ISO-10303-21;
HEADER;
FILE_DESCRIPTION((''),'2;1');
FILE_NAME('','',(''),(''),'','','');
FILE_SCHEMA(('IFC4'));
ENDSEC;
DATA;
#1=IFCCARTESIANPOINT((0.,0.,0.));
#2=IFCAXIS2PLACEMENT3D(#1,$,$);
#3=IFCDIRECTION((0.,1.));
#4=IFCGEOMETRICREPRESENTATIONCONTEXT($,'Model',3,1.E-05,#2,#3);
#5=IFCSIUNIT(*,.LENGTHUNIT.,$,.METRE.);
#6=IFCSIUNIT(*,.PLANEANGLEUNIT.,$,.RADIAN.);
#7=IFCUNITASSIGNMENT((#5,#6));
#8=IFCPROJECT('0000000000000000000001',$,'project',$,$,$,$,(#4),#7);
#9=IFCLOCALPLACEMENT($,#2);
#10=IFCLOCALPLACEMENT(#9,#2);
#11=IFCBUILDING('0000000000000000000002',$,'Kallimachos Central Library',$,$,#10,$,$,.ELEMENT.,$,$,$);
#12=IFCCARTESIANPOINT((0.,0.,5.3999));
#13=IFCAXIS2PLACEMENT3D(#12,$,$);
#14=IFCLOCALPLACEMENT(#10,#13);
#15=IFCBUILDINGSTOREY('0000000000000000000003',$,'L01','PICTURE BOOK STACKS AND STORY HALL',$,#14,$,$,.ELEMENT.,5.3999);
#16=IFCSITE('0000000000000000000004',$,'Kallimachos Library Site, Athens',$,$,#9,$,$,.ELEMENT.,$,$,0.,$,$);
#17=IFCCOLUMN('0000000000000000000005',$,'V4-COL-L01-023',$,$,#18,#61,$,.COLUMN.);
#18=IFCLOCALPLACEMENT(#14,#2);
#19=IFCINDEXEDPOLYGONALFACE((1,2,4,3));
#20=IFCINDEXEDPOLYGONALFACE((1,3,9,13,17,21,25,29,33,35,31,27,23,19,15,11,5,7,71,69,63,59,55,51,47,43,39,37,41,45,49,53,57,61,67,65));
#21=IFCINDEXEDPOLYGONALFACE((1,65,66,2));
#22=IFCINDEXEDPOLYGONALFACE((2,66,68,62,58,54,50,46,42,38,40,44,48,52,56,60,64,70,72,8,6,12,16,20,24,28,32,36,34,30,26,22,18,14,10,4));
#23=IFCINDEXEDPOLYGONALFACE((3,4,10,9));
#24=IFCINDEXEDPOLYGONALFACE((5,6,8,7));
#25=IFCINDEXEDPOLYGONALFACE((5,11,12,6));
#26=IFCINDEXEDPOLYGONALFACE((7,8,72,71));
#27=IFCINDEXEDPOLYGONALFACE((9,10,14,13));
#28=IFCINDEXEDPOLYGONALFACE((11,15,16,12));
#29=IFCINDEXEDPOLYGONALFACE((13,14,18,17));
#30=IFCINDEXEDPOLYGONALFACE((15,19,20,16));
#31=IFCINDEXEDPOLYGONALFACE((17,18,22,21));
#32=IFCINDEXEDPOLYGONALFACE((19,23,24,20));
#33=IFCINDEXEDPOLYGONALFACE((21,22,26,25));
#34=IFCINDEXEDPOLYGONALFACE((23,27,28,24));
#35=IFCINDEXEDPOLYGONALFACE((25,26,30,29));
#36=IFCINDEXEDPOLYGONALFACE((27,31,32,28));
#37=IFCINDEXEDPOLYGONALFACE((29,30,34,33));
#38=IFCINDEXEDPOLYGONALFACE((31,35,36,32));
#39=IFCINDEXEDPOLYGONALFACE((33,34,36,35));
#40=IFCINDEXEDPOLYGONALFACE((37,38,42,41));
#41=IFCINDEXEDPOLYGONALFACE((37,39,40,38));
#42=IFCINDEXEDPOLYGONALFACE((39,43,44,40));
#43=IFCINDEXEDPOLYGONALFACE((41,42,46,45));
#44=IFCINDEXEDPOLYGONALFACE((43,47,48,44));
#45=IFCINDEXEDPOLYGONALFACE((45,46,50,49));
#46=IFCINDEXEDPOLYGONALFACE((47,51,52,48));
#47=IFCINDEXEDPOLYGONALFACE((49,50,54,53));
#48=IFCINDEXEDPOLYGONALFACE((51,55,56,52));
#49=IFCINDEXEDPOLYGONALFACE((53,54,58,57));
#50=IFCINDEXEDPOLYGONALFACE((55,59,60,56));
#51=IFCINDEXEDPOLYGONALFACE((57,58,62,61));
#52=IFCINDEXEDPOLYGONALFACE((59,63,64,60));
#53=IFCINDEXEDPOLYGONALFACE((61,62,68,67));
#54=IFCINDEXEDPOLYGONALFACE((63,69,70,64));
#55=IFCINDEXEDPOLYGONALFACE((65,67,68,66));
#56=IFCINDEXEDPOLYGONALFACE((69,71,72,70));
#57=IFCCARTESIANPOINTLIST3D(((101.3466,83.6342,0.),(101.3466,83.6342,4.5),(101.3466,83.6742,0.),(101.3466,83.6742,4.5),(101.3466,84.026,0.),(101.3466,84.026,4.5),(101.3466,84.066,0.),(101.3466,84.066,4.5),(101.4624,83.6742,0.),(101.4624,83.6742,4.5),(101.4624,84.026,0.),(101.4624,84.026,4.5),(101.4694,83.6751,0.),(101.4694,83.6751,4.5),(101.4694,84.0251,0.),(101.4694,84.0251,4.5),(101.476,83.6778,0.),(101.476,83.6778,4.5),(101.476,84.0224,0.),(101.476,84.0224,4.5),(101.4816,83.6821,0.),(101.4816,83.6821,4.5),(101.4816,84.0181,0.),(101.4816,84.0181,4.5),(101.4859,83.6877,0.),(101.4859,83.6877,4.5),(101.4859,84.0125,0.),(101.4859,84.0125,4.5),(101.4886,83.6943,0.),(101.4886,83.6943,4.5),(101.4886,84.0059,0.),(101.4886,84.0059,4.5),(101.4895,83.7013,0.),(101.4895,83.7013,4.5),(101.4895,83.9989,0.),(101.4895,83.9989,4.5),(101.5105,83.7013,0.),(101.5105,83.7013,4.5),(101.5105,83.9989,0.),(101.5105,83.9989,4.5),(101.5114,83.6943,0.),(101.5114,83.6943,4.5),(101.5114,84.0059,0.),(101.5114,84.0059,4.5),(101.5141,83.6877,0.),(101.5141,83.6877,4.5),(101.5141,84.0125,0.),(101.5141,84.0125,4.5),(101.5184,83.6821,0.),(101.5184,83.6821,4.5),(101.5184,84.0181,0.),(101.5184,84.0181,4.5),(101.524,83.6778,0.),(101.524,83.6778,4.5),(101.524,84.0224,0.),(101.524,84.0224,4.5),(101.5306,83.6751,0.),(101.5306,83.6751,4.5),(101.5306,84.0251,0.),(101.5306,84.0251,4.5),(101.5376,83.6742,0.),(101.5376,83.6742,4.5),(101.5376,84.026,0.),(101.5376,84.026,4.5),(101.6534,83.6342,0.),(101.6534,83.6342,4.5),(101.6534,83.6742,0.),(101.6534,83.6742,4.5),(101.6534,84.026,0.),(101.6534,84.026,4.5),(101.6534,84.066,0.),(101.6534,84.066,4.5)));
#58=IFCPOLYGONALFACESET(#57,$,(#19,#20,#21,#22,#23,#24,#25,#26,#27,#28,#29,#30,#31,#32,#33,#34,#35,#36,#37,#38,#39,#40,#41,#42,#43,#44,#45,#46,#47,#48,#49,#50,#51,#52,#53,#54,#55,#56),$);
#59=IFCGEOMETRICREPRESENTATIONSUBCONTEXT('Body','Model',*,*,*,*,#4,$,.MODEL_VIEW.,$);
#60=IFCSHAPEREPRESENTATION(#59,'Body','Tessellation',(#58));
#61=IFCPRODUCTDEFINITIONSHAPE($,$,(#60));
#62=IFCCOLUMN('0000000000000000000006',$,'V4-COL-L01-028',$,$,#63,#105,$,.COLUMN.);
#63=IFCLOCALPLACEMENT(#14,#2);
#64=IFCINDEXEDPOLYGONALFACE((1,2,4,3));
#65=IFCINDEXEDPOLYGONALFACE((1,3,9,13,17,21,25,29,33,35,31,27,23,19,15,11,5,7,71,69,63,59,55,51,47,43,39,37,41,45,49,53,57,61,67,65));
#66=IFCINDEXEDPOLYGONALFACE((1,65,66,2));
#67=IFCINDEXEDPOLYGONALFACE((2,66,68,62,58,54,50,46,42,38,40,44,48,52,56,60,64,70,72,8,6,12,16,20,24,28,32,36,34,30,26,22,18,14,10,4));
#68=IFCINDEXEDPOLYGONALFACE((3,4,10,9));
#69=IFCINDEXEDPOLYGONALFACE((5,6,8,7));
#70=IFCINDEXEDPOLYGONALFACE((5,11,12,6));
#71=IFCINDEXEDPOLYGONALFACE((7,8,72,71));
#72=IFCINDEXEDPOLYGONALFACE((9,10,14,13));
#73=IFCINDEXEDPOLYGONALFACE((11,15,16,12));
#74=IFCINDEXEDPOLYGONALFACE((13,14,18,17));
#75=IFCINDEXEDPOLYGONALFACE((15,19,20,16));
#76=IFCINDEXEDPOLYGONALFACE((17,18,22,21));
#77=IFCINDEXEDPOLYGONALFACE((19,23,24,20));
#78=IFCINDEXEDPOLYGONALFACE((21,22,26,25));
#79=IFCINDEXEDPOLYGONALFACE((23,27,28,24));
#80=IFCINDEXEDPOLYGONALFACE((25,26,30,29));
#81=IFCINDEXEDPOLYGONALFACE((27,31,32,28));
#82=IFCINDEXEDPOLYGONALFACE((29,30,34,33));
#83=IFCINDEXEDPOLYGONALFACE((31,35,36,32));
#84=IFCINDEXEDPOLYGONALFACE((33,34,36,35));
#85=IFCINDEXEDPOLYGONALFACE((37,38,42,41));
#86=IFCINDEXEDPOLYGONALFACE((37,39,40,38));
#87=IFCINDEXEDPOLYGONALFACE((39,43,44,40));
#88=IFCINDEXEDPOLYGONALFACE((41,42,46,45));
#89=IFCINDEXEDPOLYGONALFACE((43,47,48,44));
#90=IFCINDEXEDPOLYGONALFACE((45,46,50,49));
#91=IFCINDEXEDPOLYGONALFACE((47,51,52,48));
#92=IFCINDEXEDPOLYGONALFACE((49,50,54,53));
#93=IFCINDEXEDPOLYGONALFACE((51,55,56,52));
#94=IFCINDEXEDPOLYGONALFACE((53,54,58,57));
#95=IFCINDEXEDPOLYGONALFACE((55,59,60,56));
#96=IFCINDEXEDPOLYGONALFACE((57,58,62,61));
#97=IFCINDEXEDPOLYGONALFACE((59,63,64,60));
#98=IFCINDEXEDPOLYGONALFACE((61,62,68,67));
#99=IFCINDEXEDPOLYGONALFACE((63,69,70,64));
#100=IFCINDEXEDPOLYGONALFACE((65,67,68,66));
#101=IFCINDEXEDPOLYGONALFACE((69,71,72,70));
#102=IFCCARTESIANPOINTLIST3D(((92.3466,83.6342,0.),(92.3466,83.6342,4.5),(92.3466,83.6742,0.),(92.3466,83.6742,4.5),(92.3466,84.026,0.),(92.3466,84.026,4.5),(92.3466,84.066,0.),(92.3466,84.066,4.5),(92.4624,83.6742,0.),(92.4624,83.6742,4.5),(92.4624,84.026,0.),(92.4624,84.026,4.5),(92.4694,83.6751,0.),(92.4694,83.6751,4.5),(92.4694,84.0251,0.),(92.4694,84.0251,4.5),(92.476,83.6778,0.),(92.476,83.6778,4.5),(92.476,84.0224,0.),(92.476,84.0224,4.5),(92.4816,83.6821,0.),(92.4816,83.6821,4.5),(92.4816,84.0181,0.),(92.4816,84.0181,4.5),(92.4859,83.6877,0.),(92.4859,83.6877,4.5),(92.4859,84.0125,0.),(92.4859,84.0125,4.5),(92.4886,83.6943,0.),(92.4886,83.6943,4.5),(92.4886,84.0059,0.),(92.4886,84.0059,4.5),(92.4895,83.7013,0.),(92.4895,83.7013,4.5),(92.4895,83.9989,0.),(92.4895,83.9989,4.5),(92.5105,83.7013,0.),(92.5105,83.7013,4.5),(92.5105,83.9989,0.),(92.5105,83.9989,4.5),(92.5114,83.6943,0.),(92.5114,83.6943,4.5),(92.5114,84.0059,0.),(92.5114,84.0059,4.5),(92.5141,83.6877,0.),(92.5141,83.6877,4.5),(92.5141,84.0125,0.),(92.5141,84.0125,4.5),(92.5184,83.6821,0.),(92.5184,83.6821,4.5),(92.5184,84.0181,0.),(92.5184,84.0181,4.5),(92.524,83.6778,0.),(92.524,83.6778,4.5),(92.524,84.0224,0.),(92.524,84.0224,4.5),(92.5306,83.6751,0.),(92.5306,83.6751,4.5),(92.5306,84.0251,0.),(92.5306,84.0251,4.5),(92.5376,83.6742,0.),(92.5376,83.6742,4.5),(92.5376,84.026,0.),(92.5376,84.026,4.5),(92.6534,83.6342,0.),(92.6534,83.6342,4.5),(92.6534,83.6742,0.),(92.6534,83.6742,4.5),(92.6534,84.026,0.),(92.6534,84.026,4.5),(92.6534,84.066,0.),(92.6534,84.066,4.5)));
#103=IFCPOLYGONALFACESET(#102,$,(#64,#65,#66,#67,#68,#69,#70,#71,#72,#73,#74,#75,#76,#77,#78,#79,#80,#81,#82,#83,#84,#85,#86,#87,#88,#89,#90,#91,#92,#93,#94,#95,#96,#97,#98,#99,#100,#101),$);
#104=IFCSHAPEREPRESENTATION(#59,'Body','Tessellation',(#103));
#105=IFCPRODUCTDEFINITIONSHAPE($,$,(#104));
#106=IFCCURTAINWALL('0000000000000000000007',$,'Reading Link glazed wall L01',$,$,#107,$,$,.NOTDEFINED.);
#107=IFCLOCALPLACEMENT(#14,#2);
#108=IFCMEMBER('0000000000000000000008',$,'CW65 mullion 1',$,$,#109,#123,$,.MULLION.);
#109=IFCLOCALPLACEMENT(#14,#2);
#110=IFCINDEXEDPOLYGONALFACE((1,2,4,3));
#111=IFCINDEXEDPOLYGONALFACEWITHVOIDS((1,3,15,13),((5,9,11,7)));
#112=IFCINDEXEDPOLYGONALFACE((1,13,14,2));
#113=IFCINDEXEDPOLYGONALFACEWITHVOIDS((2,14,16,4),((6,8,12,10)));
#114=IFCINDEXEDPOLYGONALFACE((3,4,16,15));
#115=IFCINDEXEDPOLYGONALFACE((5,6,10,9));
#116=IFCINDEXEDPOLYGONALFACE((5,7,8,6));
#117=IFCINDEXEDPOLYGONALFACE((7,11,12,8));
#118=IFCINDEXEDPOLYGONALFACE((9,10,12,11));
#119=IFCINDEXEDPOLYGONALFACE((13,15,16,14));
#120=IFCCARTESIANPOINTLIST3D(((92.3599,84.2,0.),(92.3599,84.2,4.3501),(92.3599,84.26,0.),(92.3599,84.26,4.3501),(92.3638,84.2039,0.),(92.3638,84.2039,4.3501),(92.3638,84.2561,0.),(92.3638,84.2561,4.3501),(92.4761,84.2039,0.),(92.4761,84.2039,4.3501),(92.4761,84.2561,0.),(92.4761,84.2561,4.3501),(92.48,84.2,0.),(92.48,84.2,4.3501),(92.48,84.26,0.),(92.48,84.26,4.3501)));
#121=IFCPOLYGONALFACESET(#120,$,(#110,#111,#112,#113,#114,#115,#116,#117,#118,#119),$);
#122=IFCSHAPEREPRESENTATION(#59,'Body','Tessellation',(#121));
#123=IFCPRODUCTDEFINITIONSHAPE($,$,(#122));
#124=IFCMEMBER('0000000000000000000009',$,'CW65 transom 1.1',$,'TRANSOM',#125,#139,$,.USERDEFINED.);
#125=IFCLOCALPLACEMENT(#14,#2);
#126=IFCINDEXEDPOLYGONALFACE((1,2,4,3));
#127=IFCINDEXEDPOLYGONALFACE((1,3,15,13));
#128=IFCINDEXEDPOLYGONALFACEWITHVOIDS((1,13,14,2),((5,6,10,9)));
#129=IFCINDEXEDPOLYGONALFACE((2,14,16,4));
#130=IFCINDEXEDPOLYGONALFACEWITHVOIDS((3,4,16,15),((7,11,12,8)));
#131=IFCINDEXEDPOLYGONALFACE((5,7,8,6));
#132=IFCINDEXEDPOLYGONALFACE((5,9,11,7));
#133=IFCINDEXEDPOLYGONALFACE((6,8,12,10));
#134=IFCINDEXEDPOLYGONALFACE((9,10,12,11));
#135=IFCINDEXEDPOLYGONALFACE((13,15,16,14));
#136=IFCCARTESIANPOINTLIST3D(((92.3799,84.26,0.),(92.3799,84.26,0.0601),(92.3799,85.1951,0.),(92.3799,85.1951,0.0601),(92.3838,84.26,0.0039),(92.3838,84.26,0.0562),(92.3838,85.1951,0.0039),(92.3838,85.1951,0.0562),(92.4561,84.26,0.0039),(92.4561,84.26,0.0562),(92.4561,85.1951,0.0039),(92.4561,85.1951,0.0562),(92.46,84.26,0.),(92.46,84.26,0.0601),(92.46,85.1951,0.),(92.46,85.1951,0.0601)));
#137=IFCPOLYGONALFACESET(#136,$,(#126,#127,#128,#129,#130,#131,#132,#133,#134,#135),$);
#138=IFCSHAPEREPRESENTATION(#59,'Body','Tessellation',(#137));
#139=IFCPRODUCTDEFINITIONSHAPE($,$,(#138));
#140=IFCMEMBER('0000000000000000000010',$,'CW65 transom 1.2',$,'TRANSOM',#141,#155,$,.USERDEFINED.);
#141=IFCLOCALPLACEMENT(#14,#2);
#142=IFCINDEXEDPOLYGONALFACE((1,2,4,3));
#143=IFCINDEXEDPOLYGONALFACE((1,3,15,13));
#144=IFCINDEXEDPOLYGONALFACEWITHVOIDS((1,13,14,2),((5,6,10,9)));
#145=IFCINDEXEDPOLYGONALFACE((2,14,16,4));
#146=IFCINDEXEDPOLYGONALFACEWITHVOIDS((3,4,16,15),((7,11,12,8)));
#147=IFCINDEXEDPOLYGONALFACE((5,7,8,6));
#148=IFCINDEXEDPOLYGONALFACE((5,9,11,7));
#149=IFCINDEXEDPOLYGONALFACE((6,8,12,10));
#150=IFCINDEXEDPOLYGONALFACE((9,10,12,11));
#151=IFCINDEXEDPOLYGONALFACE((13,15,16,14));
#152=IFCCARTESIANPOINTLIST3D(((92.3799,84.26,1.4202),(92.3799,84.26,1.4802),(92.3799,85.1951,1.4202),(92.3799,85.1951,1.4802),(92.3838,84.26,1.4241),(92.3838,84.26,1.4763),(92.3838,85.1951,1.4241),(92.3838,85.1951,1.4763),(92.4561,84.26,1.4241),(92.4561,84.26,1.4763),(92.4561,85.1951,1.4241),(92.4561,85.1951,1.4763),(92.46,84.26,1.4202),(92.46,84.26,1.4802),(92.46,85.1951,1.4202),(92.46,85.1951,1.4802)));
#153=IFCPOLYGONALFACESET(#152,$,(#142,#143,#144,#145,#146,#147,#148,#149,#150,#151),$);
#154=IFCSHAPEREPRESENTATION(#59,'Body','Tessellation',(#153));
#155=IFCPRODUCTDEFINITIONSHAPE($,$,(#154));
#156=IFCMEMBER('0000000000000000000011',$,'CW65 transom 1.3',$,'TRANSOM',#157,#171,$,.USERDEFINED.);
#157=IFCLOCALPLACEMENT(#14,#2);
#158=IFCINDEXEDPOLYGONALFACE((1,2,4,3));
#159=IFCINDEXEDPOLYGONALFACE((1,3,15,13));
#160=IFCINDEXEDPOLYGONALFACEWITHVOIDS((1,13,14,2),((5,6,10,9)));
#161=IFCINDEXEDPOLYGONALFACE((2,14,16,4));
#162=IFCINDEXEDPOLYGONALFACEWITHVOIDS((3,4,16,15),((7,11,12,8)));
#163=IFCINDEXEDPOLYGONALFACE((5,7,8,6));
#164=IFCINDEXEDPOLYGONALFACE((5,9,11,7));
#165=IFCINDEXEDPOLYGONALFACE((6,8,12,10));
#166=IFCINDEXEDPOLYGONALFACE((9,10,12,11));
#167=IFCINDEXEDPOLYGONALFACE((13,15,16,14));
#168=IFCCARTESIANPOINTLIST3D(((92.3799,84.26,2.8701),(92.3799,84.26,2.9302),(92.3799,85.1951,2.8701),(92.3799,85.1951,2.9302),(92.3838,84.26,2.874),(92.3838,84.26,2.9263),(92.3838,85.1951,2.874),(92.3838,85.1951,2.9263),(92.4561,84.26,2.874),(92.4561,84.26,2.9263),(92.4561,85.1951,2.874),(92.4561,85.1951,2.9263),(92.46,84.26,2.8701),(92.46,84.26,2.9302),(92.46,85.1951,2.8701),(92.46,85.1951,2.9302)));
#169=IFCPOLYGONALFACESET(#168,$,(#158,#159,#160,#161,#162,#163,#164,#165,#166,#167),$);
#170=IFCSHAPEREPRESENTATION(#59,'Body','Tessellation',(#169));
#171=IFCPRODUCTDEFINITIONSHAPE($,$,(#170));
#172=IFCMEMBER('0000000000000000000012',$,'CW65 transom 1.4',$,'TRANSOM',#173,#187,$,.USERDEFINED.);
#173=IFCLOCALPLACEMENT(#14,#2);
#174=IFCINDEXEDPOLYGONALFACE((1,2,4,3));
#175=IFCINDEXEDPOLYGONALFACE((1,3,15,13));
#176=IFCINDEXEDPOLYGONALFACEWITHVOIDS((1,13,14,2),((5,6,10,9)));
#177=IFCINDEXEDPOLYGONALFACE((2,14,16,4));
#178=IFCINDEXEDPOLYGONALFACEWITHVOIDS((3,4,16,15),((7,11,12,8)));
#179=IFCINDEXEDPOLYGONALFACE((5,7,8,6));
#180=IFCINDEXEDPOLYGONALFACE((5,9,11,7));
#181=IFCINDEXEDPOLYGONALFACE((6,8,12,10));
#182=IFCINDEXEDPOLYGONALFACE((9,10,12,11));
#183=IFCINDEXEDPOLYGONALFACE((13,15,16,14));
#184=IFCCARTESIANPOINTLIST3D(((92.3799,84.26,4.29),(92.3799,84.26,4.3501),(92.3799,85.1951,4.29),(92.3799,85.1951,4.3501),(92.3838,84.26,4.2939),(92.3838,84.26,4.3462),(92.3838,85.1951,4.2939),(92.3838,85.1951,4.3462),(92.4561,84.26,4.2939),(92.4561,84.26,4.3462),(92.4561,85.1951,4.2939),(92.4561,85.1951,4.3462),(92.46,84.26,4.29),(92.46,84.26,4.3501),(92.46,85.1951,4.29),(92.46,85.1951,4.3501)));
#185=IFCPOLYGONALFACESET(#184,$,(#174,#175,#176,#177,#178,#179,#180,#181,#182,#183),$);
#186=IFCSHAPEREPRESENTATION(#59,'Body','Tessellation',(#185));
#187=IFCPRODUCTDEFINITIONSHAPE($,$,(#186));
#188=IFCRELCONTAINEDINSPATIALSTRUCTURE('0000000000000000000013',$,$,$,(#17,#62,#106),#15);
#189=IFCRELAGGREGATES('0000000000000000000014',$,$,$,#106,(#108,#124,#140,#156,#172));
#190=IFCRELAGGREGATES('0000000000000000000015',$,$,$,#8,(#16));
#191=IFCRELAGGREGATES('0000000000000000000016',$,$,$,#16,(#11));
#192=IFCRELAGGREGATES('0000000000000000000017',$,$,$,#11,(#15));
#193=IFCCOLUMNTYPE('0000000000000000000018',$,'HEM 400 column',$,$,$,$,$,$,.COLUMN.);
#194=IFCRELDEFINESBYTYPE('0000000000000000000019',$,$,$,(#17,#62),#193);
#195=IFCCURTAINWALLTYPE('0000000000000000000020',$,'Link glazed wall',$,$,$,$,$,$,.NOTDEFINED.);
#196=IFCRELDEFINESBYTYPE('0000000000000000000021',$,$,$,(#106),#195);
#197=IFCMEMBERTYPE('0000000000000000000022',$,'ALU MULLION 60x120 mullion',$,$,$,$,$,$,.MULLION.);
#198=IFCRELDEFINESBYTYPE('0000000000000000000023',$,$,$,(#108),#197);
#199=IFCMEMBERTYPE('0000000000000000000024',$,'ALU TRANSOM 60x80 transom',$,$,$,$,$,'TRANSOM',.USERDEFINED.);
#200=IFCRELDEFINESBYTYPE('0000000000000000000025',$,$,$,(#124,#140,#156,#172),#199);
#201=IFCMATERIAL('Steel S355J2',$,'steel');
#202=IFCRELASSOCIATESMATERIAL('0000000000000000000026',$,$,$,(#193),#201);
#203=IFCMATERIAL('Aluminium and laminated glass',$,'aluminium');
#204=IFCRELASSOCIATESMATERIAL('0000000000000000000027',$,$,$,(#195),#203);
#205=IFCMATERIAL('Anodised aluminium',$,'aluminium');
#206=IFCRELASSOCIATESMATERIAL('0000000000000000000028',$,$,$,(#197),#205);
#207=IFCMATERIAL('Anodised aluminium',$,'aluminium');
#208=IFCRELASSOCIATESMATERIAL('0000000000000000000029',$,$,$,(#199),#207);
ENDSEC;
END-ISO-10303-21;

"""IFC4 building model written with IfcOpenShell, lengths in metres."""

from ifc_helpers import new_model, si_unit, direction, frame, origin, origin_2d, place, context, subcontext, project, spatial, hollow_rectangle, i_section, extrude, material, material_profile, profile_set, type_object, element, aggregate, save


model = new_model("IFC4")

# Units and contexts
model_context = context("Model", 3, precision=1e-05, world=origin(), true_north=direction((0.0, 1.0)))
body_context = subcontext(model_context, "Body", "Model", "MODEL_VIEW")
ifc_project = project(units=[si_unit("LENGTHUNIT", "METRE"), si_unit("PLANEANGLEUNIT", "RADIAN")], contexts=[model_context])

# Site, building, storey
site_placement = place(None, origin())
site = spatial("IfcSite", under=ifc_project, at=site_placement, Name="Kallimachos Library Site, Athens", CompositionType="ELEMENT", RefElevation=0.0)
building_placement = place(site_placement, origin())
building = spatial("IfcBuilding", under=site, at=building_placement, Name="Kallimachos Central Library", CompositionType="ELEMENT")
storey_placement = place(building_placement, frame((0.0, 0.0, 5.3999)))
storey = spatial("IfcBuildingStorey", under=building, at=storey_placement, Name="L01", Description="PICTURE BOOK STACKS AND STORY HALL", CompositionType="ELEMENT", Elevation=5.3999)

# Columns
ifc_material_1 = material(Name="Steel S355J2", Category="steel")
ifc_material_profile_1 = material_profile(ifc_material_1, i_section(OverallWidth=0.3069, OverallDepth=0.4319, WebThickness=0.021, FlangeThickness=0.04, FilletRadius=0.0271, at=origin_2d()), Name="HEM 400")
ifc_profile_set_1 = profile_set([ifc_material_profile_1], Name="Steel S355J2")
column_type = type_object("IfcColumnType", Name="HEM 400 column", PredefinedType="COLUMN", material=ifc_profile_set_1)
for number, where, z_axis, x_axis, name in (
    (1, (101.5, 83.8501, 0.0), (0.0, 0.0, 1.0), (1.0, 0.0, 0.0), "V4-COL-L01-023"),
    (2, (92.5, 83.8501, 0.0), (0.0, 0.0, 1.0), (1.0, 0.0, 0.0), "V4-COL-L01-028"),
):
    element("IfcColumn", number, at=place(storey_placement, frame(where, z_axis=z_axis, x_axis=x_axis)), inside=storey, type_object=column_type, Name=name, PredefinedType="COLUMN", context=body_context, shape_type="SweptSolid", body=[
        extrude(i_section(OverallWidth=0.3069, OverallDepth=0.4319, WebThickness=0.021, FlangeThickness=0.04, FilletRadius=0.0271, at=origin_2d()), origin(), (0.0, 0.0, 1.0), 4.5),
    ])

# Curtain wall, members
ifc_material_2 = material(Name="Aluminium and laminated glass", Category="aluminium")
curtain_wall_type_1 = type_object("IfcCurtainWallType", Name="Link glazed wall", PredefinedType="NOTDEFINED", material=ifc_material_2)
curtain_wall_1_placement = place(storey_placement, origin())
curtain_wall_1 = element("IfcCurtainWall", 3, at=curtain_wall_1_placement, inside=storey, type_object=curtain_wall_type_1, Name="Reading Link glazed wall L01", PredefinedType="NOTDEFINED")
ifc_material_3 = material(Name="Anodised aluminium", Category="aluminium")
ifc_material_profile_2 = material_profile(ifc_material_3, hollow_rectangle(XDim=0.0601, YDim=0.1201, WallThickness=0.0039, at=origin_2d()), Name="ALU MULLION 60x120")
ifc_profile_set_2 = profile_set([ifc_material_profile_2], Name="Anodised aluminium")
member_type_1 = type_object("IfcMemberType", Name="ALU MULLION 60x120 mullion", PredefinedType="MULLION", material=ifc_profile_set_2)
member_1_placement = place(storey_placement, frame((92.4199, 84.23, 0.0), z_axis=(0.0, 0.0, 1.0), x_axis=(0.0, 1.0, 0.0)))
member_1 = element("IfcMember", 4, at=member_1_placement, type_object=member_type_1, Name="CW65 mullion 1", PredefinedType="MULLION", context=body_context, shape_type="SweptSolid", body=[
    extrude(hollow_rectangle(XDim=0.0601, YDim=0.1201, WallThickness=0.0039, at=origin_2d()), origin(), (0.0, 0.0, 1.0), 4.3501),
])
ifc_material_4 = material(Name="Anodised aluminium", Category="aluminium")
ifc_material_profile_3 = material_profile(ifc_material_4, hollow_rectangle(XDim=0.0601, YDim=0.0801, WallThickness=0.0039, at=origin_2d()), Name="ALU TRANSOM 60x80")
ifc_profile_set_3 = profile_set([ifc_material_profile_3], Name="Anodised aluminium")
member_type_2 = type_object("IfcMemberType", Name="ALU TRANSOM 60x80 transom", ElementType="TRANSOM", PredefinedType="USERDEFINED", material=ifc_profile_set_3)
member_2_placement = place(storey_placement, frame((92.4199, 84.26, 0.03), z_axis=(0.0, 1.0, 0.0), x_axis=(0.0, 0.0, 1.0)))
member_2 = element("IfcMember", 5, at=member_2_placement, type_object=member_type_2, Name="CW65 transom 1.1", ObjectType="TRANSOM", PredefinedType="USERDEFINED", context=body_context, shape_type="SweptSolid", body=[
    extrude(hollow_rectangle(XDim=0.0601, YDim=0.0801, WallThickness=0.0039, at=origin_2d()), origin(), (0.0, 0.0, 1.0), 0.9351),
])
member_3_placement = place(storey_placement, frame((92.4199, 84.26, 1.4502), z_axis=(0.0, 1.0, 0.0), x_axis=(0.0, 0.0, 1.0)))
member_3 = element("IfcMember", 6, at=member_3_placement, type_object=member_type_2, Name="CW65 transom 1.2", ObjectType="TRANSOM", PredefinedType="USERDEFINED", context=body_context, shape_type="SweptSolid", body=[
    extrude(hollow_rectangle(XDim=0.0601, YDim=0.0801, WallThickness=0.0039, at=origin_2d()), origin(), (0.0, 0.0, 1.0), 0.9351),
])
member_4_placement = place(storey_placement, frame((92.4199, 84.26, 2.9001), z_axis=(0.0, 1.0, 0.0), x_axis=(0.0, 0.0, 1.0)))
member_4 = element("IfcMember", 7, at=member_4_placement, type_object=member_type_2, Name="CW65 transom 1.3", ObjectType="TRANSOM", PredefinedType="USERDEFINED", context=body_context, shape_type="SweptSolid", body=[
    extrude(hollow_rectangle(XDim=0.0601, YDim=0.0801, WallThickness=0.0039, at=origin_2d()), origin(), (0.0, 0.0, 1.0), 0.9351),
])
member_5_placement = place(storey_placement, frame((92.4199, 84.26, 4.3201), z_axis=(0.0, 1.0, 0.0), x_axis=(0.0, 0.0, 1.0)))
member_5 = element("IfcMember", 8, at=member_5_placement, type_object=member_type_2, Name="CW65 transom 1.4", ObjectType="TRANSOM", PredefinedType="USERDEFINED", context=body_context, shape_type="SweptSolid", body=[
    extrude(hollow_rectangle(XDim=0.0601, YDim=0.0801, WallThickness=0.0039, at=origin_2d()), origin(), (0.0, 0.0, 1.0), 0.9351),
])
aggregate(curtain_wall_1, [member_1, member_2, member_3, member_4, member_5])

save(model, "model.ifc")
